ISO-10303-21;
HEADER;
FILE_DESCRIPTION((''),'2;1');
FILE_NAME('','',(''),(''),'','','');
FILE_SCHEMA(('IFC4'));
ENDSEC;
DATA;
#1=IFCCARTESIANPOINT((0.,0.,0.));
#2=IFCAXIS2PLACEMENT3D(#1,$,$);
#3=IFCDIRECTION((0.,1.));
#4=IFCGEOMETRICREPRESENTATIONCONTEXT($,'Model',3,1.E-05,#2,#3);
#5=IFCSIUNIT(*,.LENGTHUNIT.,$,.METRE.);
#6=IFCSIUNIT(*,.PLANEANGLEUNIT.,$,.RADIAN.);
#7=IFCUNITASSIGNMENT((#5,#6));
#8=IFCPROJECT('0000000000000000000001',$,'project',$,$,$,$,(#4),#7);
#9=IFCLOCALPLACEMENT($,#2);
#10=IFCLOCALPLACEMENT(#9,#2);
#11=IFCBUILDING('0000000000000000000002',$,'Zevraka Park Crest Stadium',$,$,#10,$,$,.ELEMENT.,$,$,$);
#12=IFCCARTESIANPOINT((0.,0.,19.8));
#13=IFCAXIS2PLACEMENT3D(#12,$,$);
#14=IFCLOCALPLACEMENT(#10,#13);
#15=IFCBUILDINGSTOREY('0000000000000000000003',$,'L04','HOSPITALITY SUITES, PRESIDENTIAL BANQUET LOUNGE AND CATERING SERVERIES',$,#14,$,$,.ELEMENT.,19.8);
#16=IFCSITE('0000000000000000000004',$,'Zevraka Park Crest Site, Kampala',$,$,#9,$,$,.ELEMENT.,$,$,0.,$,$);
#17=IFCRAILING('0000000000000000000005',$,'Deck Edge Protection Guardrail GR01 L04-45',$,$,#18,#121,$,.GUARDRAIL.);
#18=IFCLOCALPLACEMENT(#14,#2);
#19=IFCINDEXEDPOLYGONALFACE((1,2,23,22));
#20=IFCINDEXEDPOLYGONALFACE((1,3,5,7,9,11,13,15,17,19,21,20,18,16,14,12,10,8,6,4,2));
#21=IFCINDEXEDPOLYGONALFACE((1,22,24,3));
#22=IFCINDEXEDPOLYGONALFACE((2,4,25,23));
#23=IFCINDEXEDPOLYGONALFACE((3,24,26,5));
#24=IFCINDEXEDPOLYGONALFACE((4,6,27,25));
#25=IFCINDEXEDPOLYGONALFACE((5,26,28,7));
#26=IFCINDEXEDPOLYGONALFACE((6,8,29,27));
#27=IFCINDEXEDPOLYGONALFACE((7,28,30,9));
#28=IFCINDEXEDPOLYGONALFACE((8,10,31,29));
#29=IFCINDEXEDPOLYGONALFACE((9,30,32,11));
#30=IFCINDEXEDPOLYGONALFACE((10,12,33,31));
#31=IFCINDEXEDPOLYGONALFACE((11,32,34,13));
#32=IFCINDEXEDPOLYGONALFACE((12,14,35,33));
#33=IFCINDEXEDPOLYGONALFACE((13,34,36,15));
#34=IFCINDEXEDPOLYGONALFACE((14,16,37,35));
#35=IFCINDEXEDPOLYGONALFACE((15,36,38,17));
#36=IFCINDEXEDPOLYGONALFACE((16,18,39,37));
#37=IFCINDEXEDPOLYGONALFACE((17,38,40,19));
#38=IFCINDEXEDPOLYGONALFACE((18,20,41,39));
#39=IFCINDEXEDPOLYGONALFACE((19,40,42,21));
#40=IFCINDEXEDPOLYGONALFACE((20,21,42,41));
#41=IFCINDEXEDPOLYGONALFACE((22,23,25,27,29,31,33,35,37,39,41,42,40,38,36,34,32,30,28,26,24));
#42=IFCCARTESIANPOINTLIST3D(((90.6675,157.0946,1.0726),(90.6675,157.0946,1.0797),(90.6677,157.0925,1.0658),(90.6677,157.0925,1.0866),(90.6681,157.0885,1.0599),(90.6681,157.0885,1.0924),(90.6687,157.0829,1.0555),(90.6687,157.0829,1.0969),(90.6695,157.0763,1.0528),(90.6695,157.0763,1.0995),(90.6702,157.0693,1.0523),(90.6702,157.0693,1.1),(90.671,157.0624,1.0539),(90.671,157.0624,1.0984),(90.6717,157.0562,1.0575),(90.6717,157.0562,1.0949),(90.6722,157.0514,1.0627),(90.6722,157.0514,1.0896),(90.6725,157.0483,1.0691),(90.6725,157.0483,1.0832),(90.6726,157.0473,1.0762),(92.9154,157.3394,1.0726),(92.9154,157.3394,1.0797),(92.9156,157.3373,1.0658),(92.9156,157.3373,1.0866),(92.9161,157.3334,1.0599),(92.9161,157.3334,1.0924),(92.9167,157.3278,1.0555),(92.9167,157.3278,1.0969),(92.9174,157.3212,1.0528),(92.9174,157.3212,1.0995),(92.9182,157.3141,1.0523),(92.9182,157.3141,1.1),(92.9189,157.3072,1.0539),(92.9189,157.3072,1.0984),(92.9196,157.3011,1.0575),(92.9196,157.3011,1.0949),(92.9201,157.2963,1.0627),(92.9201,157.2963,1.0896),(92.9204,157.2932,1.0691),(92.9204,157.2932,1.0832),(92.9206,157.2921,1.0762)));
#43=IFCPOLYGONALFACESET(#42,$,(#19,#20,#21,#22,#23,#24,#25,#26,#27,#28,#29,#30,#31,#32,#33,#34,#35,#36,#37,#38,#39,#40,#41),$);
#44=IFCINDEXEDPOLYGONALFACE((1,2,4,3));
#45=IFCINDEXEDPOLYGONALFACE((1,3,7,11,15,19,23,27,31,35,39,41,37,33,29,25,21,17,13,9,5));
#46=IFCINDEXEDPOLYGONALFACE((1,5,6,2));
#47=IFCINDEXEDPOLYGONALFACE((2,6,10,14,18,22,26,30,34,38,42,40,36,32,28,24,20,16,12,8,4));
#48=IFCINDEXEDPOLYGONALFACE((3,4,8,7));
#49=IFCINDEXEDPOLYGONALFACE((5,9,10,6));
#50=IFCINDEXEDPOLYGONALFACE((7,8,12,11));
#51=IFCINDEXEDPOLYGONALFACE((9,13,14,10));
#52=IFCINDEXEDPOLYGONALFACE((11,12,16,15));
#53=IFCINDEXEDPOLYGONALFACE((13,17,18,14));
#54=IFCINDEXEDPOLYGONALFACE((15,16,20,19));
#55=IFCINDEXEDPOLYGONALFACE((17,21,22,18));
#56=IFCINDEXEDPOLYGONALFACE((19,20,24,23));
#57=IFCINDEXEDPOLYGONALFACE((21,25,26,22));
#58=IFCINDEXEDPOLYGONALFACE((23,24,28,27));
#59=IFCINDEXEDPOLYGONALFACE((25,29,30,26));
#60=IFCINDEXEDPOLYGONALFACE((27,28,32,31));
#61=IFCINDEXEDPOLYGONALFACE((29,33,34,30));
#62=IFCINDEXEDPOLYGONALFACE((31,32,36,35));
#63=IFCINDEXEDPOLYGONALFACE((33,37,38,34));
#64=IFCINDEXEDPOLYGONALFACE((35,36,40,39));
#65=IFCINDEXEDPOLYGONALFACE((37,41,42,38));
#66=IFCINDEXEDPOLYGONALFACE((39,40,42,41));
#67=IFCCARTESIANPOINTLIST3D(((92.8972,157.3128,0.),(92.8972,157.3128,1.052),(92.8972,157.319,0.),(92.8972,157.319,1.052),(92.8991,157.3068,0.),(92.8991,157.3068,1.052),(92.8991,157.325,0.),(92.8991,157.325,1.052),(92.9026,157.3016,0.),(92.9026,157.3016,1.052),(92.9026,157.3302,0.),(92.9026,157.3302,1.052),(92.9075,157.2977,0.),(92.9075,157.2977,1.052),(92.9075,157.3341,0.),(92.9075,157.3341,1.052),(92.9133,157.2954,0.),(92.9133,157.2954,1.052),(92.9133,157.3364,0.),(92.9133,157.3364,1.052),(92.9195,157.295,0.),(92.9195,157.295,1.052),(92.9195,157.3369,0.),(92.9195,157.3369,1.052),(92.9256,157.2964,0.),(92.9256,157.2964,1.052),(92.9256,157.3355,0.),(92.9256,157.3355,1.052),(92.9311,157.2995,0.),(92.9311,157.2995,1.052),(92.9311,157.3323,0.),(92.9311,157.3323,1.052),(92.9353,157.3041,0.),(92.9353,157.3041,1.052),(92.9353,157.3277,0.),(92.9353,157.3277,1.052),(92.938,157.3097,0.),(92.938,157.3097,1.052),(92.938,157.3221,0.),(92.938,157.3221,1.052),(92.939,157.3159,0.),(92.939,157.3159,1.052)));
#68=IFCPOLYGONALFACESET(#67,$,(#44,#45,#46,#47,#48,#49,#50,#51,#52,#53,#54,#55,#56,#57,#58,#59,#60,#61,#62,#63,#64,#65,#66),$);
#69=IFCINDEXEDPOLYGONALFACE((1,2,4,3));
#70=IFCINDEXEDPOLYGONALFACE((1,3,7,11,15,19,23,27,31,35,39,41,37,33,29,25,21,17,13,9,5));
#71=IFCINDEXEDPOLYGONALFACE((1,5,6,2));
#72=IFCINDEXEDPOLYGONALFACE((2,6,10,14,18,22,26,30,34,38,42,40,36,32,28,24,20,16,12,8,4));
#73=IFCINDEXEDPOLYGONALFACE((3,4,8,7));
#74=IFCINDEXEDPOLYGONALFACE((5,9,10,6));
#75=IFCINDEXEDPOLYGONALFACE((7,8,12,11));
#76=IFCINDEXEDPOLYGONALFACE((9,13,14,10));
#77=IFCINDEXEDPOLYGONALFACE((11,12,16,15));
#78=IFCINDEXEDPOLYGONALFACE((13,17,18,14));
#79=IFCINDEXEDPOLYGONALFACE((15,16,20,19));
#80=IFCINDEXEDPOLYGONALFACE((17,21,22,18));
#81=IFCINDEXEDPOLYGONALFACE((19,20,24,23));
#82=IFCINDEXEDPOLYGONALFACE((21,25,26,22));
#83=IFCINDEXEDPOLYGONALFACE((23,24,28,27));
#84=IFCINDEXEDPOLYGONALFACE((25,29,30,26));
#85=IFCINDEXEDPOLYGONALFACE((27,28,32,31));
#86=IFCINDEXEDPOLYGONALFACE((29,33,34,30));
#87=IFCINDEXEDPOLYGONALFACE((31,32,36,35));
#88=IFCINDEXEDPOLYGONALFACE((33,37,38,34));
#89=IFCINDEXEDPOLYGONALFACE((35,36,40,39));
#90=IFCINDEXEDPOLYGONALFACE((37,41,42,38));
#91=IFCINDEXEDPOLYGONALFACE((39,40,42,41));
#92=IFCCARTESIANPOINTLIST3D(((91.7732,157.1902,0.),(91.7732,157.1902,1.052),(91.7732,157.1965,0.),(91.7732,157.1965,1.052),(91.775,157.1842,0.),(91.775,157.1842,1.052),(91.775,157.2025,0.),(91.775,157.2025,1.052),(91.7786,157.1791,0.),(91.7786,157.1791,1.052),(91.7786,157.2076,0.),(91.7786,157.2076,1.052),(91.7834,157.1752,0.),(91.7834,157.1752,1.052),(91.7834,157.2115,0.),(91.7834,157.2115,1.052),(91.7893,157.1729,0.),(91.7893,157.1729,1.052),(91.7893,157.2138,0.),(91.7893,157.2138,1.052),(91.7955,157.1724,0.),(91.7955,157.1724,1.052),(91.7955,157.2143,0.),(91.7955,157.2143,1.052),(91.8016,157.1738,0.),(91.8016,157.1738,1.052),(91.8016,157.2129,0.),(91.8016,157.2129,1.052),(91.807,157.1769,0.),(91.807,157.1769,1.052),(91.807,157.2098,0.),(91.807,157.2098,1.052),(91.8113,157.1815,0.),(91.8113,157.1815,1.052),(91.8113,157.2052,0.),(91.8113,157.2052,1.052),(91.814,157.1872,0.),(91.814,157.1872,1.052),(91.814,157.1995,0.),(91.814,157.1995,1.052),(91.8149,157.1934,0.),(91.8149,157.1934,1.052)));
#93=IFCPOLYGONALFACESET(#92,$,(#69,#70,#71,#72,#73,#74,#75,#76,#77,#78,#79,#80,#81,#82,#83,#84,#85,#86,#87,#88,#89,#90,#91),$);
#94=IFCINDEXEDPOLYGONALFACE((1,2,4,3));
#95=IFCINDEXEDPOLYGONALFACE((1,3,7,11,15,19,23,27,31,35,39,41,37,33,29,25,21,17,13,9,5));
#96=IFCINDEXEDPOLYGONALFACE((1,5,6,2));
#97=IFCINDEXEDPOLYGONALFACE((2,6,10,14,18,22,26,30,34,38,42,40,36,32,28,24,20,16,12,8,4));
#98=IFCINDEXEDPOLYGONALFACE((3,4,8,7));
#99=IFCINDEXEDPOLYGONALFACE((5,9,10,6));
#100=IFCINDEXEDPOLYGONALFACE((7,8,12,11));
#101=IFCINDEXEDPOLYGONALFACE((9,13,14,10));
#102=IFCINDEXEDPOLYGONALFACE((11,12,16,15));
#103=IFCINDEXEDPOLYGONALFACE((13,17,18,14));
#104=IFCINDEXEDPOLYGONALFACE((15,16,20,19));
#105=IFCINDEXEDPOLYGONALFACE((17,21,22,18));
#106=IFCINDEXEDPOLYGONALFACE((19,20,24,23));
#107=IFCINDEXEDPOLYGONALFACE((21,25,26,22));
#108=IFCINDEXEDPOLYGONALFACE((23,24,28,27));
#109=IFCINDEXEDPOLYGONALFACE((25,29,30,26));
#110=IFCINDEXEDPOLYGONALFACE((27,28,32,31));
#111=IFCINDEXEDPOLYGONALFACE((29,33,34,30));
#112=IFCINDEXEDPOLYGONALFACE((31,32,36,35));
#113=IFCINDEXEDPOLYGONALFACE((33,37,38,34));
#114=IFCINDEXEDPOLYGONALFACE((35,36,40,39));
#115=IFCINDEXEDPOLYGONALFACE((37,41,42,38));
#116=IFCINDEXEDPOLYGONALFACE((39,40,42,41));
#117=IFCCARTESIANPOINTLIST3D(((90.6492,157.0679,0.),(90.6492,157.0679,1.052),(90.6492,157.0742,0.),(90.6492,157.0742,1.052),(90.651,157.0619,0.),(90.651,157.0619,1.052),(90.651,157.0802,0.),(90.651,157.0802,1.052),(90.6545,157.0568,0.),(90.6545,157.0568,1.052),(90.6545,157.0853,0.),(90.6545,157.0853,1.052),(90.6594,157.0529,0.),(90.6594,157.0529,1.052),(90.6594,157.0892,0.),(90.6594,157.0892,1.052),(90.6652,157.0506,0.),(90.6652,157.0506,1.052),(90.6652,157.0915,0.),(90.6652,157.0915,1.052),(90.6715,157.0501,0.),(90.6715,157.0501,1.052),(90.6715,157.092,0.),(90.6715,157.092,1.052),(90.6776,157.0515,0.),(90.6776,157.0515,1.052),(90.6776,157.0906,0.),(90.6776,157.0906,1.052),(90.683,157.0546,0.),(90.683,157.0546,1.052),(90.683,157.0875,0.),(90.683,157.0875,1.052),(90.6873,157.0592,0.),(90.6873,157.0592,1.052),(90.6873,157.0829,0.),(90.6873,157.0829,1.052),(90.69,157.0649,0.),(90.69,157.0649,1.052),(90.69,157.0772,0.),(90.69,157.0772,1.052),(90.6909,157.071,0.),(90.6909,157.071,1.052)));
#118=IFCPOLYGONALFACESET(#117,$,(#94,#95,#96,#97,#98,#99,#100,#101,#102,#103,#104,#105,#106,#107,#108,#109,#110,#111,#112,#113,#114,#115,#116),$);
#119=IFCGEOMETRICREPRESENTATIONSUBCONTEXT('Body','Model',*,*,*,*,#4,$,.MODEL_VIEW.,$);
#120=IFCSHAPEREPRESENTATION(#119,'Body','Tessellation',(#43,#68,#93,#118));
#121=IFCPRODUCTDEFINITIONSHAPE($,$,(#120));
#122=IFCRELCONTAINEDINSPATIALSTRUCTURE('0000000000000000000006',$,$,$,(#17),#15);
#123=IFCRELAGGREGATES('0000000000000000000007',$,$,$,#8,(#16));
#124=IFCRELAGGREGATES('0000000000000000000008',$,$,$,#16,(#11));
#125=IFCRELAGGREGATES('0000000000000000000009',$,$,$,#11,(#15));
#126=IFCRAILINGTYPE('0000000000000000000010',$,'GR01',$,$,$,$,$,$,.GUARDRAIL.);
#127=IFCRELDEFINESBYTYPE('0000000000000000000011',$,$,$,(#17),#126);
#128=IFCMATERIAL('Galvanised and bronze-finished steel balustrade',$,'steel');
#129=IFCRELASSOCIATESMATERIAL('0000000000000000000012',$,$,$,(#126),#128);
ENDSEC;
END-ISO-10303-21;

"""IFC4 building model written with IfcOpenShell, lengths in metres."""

from ifc_helpers import new_model, si_unit, direction, frame, origin, origin_2d, place, context, subcontext, project, spatial, circle, extrude, material, type_object, element, save


model = new_model("IFC4")

# Units and contexts
model_context = context("Model", 3, precision=1e-05, world=origin(), true_north=direction((0.0, 1.0)))
body_context = subcontext(model_context, "Body", "Model", "MODEL_VIEW")
ifc_project = project(units=[si_unit("LENGTHUNIT", "METRE"), si_unit("PLANEANGLEUNIT", "RADIAN")], contexts=[model_context])

# Site, building, storey
site_placement = place(None, origin())
site = spatial("IfcSite", under=ifc_project, at=site_placement, Name="Zevraka Park Crest Site, Kampala", CompositionType="ELEMENT", RefElevation=0.0)
building_placement = place(site_placement, origin())
building = spatial("IfcBuilding", under=site, at=building_placement, Name="Zevraka Park Crest Stadium", CompositionType="ELEMENT")
storey_placement = place(building_placement, frame((0.0, 0.0, 19.8)))
storey = spatial("IfcBuildingStorey", under=building, at=storey_placement, Name="L04", Description="HOSPITALITY SUITES, PRESIDENTIAL BANQUET LOUNGE AND CATERING SERVERIES", CompositionType="ELEMENT", Elevation=19.8)

# Railing
ifc_material_1 = material(Name="Galvanised and bronze-finished steel balustrade", Category="steel")
railing_type_1 = type_object("IfcRailingType", Name="GR01", PredefinedType="GUARDRAIL", material=ifc_material_1)
railing_1_placement = place(storey_placement, frame((92.918, 157.3159, 0.0)))
element("IfcRailing", 1, at=railing_1_placement, inside=storey, type_object=railing_type_1, Name="Deck Edge Protection Guardrail GR01 L04-45", PredefinedType="GUARDRAIL", context=body_context, shape_type="SweptSolid", body=[
    extrude(circle(Radius=0.0239, at=origin_2d()), frame((0.0, 0.0, 1.0762), z_axis=(-0.99412, -0.108286, 0.0), x_axis=(0.108286, -0.99412, 0.0)), (0.0, 0.0, 1.0), 2.2612),
    extrude(circle(Radius=0.021, at=origin_2d()), origin(), (0.0, 0.0, 1.0), 1.052),
    extrude(circle(Radius=0.021, at=origin_2d()), frame((-1.124, -0.1226, 0.0)), (0.0, 0.0, 1.0), 1.052),
    extrude(circle(Radius=0.021, at=origin_2d()), frame((-2.248, -0.2449, 0.0)), (0.0, 0.0, 1.0), 1.052),
])

save(model, "model.ifc")
